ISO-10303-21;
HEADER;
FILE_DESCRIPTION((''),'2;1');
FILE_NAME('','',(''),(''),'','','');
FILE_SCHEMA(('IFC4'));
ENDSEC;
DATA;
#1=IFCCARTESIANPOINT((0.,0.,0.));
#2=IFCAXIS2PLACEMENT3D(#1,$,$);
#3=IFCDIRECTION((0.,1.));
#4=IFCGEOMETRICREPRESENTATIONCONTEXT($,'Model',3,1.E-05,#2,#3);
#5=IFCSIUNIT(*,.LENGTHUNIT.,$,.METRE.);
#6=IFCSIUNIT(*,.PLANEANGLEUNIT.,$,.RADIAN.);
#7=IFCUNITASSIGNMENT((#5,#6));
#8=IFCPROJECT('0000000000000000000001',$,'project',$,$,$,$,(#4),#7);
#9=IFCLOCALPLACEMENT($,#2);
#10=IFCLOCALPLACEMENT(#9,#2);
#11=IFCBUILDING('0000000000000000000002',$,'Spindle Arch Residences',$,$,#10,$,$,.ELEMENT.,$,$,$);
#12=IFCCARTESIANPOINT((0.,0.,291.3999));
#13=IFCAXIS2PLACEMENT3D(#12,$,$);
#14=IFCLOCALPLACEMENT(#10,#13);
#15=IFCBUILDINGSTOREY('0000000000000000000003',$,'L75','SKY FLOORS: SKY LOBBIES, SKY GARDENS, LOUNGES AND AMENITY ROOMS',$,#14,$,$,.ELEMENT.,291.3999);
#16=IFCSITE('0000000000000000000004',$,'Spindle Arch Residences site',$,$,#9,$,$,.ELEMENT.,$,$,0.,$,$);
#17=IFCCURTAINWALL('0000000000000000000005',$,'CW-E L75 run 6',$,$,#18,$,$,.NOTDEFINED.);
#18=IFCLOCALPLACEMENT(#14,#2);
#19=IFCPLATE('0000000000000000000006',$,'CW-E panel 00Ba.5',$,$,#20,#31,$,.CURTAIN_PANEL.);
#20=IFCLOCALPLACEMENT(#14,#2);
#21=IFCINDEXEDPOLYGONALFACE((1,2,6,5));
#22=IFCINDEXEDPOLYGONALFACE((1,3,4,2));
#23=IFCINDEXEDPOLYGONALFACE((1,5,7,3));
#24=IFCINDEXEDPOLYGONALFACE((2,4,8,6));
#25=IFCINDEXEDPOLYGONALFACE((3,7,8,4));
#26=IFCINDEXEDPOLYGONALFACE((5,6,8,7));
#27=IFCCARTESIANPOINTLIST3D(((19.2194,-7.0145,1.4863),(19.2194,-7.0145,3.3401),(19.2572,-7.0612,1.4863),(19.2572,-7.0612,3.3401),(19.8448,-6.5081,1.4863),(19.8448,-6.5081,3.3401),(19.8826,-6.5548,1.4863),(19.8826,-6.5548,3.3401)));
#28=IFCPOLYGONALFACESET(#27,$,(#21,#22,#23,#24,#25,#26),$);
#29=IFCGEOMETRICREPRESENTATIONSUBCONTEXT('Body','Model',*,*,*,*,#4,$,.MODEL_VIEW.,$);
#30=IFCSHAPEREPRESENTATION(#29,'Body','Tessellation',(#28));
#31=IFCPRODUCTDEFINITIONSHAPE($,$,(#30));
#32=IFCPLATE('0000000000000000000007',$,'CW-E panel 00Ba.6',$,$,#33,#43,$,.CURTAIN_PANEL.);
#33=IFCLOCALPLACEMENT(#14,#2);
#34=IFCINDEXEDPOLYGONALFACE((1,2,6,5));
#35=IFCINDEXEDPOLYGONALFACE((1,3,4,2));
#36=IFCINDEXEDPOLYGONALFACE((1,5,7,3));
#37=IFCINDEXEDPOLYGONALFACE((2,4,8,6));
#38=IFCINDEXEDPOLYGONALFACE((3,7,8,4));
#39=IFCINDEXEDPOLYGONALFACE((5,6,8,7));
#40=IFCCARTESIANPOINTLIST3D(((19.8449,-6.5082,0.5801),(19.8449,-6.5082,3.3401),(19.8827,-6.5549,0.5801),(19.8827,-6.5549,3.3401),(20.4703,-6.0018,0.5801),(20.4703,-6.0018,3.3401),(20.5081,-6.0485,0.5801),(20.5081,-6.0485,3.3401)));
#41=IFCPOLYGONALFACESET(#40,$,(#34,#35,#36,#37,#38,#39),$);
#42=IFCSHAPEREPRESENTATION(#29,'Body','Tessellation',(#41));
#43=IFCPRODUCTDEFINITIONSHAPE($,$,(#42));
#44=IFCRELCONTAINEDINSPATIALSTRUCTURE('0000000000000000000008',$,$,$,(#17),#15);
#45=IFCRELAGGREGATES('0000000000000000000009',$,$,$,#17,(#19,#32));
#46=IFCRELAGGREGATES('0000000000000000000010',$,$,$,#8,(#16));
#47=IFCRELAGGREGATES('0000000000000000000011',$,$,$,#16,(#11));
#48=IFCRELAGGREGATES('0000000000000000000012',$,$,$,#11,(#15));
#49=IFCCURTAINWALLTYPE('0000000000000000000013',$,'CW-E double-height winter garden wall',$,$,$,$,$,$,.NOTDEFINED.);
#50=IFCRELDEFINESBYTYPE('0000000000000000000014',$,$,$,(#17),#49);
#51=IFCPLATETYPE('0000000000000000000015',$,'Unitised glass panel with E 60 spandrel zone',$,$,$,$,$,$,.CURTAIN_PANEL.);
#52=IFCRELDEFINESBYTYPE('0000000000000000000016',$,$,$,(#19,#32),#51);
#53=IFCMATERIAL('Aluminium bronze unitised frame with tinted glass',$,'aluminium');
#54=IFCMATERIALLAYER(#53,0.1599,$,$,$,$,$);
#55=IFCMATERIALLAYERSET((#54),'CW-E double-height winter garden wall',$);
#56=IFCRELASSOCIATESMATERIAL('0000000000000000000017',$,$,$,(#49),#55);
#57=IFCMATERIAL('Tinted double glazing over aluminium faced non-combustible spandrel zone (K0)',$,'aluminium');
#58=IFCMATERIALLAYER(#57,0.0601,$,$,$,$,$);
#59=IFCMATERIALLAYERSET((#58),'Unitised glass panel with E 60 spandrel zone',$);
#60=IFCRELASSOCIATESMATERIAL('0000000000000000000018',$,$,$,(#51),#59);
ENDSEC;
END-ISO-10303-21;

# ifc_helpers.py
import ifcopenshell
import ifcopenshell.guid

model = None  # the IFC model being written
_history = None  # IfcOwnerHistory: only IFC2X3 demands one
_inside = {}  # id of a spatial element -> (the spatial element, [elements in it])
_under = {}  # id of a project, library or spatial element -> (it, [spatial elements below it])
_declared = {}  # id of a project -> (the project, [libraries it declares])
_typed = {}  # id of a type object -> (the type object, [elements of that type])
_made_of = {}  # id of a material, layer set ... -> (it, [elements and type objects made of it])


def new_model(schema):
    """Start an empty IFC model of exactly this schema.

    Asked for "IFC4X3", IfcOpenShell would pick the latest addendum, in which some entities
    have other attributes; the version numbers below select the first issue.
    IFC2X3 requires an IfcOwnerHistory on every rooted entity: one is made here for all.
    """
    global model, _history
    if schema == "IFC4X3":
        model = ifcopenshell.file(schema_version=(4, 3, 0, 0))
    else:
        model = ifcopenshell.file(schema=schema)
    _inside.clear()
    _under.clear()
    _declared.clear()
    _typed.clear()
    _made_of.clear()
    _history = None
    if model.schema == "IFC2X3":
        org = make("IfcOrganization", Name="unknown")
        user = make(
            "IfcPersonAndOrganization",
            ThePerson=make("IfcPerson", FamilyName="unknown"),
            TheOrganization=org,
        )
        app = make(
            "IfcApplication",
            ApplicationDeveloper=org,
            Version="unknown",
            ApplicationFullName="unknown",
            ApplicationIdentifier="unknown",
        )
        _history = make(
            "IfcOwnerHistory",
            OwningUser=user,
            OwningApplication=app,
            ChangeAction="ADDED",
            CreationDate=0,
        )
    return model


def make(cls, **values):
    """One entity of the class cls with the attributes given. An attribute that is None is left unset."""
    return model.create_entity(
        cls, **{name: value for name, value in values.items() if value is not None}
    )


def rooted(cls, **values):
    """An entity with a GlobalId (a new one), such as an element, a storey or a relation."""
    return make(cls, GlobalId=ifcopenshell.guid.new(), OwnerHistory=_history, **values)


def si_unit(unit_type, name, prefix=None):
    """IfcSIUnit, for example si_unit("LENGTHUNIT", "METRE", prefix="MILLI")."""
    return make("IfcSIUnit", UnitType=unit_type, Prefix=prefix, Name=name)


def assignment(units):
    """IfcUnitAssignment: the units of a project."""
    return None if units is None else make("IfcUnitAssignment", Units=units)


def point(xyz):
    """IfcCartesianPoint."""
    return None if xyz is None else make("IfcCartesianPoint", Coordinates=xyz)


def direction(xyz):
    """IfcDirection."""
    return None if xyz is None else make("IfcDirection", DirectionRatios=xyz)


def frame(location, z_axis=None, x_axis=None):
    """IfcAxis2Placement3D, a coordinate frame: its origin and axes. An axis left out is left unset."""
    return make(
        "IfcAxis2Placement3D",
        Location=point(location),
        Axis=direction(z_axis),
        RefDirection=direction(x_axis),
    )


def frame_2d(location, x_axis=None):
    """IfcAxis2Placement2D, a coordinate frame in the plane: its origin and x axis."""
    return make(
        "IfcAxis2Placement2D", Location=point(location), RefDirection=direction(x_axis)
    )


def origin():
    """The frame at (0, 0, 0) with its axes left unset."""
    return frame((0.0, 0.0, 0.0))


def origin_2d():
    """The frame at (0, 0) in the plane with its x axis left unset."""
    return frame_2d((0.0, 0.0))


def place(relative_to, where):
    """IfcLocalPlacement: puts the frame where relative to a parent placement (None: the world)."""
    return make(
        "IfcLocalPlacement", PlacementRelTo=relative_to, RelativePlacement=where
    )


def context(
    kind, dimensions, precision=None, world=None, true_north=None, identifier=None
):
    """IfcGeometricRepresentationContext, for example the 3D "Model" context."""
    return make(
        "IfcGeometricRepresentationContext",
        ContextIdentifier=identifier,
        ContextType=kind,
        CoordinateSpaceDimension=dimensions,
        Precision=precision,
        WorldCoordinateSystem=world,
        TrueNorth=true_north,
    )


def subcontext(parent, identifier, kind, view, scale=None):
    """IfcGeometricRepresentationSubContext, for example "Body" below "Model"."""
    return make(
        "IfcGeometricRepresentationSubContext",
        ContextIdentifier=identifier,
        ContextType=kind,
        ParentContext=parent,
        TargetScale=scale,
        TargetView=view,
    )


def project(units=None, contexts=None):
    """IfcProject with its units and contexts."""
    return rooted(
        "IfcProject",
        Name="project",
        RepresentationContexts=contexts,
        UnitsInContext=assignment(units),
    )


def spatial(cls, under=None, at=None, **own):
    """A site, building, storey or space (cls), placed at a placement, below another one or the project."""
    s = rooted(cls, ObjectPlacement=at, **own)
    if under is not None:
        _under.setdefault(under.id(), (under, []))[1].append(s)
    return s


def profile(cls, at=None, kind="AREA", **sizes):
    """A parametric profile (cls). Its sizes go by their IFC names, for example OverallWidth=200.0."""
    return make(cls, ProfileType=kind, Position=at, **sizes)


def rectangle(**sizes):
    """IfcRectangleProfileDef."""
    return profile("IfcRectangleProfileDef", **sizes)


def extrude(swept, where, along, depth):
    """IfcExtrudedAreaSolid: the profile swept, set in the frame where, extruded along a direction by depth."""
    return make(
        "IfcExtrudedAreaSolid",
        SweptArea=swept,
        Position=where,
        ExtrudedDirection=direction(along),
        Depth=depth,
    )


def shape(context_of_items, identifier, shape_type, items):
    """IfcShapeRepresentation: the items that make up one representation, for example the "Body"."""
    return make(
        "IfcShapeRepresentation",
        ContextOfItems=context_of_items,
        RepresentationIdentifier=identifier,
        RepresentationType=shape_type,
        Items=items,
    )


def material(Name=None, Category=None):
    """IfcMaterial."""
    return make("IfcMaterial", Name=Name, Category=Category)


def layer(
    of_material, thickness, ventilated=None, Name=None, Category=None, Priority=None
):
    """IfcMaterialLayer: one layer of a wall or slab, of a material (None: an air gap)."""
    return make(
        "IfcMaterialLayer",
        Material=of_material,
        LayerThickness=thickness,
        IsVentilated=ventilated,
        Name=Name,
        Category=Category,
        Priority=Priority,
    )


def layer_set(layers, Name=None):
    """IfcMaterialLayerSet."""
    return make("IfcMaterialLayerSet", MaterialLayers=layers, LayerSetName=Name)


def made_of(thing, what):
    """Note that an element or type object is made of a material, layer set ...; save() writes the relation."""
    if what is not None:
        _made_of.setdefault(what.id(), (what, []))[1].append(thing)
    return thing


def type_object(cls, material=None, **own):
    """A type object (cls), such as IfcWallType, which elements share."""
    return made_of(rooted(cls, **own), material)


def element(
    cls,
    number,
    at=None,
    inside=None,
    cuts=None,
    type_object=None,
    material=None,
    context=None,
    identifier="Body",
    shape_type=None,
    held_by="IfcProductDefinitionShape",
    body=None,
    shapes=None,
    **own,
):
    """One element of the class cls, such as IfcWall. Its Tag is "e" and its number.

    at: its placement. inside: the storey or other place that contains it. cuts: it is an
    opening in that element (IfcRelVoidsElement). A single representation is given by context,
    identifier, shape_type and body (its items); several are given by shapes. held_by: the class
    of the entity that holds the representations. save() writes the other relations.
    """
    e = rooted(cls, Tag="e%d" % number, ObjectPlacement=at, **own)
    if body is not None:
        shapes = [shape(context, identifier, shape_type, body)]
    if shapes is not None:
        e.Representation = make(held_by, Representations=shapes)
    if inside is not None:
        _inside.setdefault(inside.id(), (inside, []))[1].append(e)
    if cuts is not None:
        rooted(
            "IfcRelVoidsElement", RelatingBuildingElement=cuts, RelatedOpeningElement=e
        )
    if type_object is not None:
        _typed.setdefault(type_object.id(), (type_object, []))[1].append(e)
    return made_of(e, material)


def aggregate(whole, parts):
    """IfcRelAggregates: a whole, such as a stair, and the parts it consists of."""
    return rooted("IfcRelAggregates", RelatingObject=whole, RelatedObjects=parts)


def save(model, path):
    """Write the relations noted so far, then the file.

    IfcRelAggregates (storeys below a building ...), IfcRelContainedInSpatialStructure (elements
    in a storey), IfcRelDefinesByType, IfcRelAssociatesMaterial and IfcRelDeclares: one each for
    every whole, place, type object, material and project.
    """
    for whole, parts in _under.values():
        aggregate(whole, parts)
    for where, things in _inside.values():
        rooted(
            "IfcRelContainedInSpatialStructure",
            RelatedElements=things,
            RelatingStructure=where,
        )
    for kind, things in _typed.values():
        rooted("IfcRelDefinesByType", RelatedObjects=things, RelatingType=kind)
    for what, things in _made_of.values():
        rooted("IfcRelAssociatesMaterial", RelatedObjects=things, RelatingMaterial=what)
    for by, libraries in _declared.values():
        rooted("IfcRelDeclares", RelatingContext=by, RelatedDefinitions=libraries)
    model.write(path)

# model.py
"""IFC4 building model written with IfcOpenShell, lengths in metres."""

from ifc_helpers import new_model, si_unit, direction, frame, origin, origin_2d, place, context, subcontext, project, spatial, rectangle, extrude, material, layer, layer_set, type_object, element, aggregate, save


model = new_model("IFC4")

# Units and contexts
model_context = context("Model", 3, precision=1e-05, world=origin(), true_north=direction((0.0, 1.0)))
body_context = subcontext(model_context, "Body", "Model", "MODEL_VIEW")
ifc_project = project(units=[si_unit("LENGTHUNIT", "METRE"), si_unit("PLANEANGLEUNIT", "RADIAN")], contexts=[model_context])

# Site, building, storey
site_placement = place(None, origin())
site = spatial("IfcSite", under=ifc_project, at=site_placement, Name="Spindle Arch Residences site", CompositionType="ELEMENT", RefElevation=0.0)
building_placement = place(site_placement, origin())
building = spatial("IfcBuilding", under=site, at=building_placement, Name="Spindle Arch Residences", CompositionType="ELEMENT")
storey_placement = place(building_placement, frame((0.0, 0.0, 291.3999)))
storey = spatial("IfcBuildingStorey", under=building, at=storey_placement, Name="L75", Description="SKY FLOORS: SKY LOBBIES, SKY GARDENS, LOUNGES AND AMENITY ROOMS", CompositionType="ELEMENT", Elevation=291.3999)

# Shared definitions
ifc_material_1 = material(Name="Aluminium bronze unitised frame with tinted glass", Category="aluminium")
ifc_layer_1 = layer(ifc_material_1, 0.1599)
ifc_layer_set_1 = layer_set([ifc_layer_1], Name="CW-E double-height winter garden wall")
curtain_wall_type = type_object("IfcCurtainWallType", Name="CW-E double-height winter garden wall", PredefinedType="NOTDEFINED", material=ifc_layer_set_1)

# Curtain wall
curtain_wall_1_placement = place(storey_placement, origin())
curtain_wall_1 = element("IfcCurtainWall", 1, at=curtain_wall_1_placement, inside=storey, type_object=curtain_wall_type, Name="CW-E L75 run 6", PredefinedType="NOTDEFINED")

# Plates
ifc_material_2 = material(Name="Tinted double glazing over aluminium faced non-combustible spandrel zone (K0)", Category="aluminium")
ifc_layer_2 = layer(ifc_material_2, 0.0601)
ifc_layer_set_2 = layer_set([ifc_layer_2], Name="Unitised glass panel with E 60 spandrel zone")
plate_type_1 = type_object("IfcPlateType", Name="Unitised glass panel with E 60 spandrel zone", PredefinedType="CURTAIN_PANEL", material=ifc_layer_set_2)
plate_1_placement = place(storey_placement, frame((19.551, -6.7847, 1.4863), z_axis=(0.0, 0.0, 1.0), x_axis=(0.777146, 0.62932, 0.0)))
plate_1 = element("IfcPlate", 2, at=plate_1_placement, type_object=plate_type_1, Name="CW-E panel 00Ba.5", PredefinedType="CURTAIN_PANEL", context=body_context, shape_type="SweptSolid", body=[
    extrude(rectangle(XDim=0.8047, YDim=0.0601, at=origin_2d()), origin(), (0.0, 0.0, 1.0), 1.8538),
])
plate_2_placement = place(storey_placement, frame((20.1765, -6.2783, 0.5801), z_axis=(0.0, 0.0, 1.0), x_axis=(0.777146, 0.62932, 0.0)))
plate_2 = element("IfcPlate", 3, at=plate_2_placement, type_object=plate_type_1, Name="CW-E panel 00Ba.6", PredefinedType="CURTAIN_PANEL", context=body_context, shape_type="SweptSolid", body=[
    extrude(rectangle(XDim=0.8047, YDim=0.0601, at=origin_2d()), origin(), (0.0, 0.0, 1.0), 2.76),
])
aggregate(curtain_wall_1, [plate_1, plate_2])

save(model, "model.ifc")
